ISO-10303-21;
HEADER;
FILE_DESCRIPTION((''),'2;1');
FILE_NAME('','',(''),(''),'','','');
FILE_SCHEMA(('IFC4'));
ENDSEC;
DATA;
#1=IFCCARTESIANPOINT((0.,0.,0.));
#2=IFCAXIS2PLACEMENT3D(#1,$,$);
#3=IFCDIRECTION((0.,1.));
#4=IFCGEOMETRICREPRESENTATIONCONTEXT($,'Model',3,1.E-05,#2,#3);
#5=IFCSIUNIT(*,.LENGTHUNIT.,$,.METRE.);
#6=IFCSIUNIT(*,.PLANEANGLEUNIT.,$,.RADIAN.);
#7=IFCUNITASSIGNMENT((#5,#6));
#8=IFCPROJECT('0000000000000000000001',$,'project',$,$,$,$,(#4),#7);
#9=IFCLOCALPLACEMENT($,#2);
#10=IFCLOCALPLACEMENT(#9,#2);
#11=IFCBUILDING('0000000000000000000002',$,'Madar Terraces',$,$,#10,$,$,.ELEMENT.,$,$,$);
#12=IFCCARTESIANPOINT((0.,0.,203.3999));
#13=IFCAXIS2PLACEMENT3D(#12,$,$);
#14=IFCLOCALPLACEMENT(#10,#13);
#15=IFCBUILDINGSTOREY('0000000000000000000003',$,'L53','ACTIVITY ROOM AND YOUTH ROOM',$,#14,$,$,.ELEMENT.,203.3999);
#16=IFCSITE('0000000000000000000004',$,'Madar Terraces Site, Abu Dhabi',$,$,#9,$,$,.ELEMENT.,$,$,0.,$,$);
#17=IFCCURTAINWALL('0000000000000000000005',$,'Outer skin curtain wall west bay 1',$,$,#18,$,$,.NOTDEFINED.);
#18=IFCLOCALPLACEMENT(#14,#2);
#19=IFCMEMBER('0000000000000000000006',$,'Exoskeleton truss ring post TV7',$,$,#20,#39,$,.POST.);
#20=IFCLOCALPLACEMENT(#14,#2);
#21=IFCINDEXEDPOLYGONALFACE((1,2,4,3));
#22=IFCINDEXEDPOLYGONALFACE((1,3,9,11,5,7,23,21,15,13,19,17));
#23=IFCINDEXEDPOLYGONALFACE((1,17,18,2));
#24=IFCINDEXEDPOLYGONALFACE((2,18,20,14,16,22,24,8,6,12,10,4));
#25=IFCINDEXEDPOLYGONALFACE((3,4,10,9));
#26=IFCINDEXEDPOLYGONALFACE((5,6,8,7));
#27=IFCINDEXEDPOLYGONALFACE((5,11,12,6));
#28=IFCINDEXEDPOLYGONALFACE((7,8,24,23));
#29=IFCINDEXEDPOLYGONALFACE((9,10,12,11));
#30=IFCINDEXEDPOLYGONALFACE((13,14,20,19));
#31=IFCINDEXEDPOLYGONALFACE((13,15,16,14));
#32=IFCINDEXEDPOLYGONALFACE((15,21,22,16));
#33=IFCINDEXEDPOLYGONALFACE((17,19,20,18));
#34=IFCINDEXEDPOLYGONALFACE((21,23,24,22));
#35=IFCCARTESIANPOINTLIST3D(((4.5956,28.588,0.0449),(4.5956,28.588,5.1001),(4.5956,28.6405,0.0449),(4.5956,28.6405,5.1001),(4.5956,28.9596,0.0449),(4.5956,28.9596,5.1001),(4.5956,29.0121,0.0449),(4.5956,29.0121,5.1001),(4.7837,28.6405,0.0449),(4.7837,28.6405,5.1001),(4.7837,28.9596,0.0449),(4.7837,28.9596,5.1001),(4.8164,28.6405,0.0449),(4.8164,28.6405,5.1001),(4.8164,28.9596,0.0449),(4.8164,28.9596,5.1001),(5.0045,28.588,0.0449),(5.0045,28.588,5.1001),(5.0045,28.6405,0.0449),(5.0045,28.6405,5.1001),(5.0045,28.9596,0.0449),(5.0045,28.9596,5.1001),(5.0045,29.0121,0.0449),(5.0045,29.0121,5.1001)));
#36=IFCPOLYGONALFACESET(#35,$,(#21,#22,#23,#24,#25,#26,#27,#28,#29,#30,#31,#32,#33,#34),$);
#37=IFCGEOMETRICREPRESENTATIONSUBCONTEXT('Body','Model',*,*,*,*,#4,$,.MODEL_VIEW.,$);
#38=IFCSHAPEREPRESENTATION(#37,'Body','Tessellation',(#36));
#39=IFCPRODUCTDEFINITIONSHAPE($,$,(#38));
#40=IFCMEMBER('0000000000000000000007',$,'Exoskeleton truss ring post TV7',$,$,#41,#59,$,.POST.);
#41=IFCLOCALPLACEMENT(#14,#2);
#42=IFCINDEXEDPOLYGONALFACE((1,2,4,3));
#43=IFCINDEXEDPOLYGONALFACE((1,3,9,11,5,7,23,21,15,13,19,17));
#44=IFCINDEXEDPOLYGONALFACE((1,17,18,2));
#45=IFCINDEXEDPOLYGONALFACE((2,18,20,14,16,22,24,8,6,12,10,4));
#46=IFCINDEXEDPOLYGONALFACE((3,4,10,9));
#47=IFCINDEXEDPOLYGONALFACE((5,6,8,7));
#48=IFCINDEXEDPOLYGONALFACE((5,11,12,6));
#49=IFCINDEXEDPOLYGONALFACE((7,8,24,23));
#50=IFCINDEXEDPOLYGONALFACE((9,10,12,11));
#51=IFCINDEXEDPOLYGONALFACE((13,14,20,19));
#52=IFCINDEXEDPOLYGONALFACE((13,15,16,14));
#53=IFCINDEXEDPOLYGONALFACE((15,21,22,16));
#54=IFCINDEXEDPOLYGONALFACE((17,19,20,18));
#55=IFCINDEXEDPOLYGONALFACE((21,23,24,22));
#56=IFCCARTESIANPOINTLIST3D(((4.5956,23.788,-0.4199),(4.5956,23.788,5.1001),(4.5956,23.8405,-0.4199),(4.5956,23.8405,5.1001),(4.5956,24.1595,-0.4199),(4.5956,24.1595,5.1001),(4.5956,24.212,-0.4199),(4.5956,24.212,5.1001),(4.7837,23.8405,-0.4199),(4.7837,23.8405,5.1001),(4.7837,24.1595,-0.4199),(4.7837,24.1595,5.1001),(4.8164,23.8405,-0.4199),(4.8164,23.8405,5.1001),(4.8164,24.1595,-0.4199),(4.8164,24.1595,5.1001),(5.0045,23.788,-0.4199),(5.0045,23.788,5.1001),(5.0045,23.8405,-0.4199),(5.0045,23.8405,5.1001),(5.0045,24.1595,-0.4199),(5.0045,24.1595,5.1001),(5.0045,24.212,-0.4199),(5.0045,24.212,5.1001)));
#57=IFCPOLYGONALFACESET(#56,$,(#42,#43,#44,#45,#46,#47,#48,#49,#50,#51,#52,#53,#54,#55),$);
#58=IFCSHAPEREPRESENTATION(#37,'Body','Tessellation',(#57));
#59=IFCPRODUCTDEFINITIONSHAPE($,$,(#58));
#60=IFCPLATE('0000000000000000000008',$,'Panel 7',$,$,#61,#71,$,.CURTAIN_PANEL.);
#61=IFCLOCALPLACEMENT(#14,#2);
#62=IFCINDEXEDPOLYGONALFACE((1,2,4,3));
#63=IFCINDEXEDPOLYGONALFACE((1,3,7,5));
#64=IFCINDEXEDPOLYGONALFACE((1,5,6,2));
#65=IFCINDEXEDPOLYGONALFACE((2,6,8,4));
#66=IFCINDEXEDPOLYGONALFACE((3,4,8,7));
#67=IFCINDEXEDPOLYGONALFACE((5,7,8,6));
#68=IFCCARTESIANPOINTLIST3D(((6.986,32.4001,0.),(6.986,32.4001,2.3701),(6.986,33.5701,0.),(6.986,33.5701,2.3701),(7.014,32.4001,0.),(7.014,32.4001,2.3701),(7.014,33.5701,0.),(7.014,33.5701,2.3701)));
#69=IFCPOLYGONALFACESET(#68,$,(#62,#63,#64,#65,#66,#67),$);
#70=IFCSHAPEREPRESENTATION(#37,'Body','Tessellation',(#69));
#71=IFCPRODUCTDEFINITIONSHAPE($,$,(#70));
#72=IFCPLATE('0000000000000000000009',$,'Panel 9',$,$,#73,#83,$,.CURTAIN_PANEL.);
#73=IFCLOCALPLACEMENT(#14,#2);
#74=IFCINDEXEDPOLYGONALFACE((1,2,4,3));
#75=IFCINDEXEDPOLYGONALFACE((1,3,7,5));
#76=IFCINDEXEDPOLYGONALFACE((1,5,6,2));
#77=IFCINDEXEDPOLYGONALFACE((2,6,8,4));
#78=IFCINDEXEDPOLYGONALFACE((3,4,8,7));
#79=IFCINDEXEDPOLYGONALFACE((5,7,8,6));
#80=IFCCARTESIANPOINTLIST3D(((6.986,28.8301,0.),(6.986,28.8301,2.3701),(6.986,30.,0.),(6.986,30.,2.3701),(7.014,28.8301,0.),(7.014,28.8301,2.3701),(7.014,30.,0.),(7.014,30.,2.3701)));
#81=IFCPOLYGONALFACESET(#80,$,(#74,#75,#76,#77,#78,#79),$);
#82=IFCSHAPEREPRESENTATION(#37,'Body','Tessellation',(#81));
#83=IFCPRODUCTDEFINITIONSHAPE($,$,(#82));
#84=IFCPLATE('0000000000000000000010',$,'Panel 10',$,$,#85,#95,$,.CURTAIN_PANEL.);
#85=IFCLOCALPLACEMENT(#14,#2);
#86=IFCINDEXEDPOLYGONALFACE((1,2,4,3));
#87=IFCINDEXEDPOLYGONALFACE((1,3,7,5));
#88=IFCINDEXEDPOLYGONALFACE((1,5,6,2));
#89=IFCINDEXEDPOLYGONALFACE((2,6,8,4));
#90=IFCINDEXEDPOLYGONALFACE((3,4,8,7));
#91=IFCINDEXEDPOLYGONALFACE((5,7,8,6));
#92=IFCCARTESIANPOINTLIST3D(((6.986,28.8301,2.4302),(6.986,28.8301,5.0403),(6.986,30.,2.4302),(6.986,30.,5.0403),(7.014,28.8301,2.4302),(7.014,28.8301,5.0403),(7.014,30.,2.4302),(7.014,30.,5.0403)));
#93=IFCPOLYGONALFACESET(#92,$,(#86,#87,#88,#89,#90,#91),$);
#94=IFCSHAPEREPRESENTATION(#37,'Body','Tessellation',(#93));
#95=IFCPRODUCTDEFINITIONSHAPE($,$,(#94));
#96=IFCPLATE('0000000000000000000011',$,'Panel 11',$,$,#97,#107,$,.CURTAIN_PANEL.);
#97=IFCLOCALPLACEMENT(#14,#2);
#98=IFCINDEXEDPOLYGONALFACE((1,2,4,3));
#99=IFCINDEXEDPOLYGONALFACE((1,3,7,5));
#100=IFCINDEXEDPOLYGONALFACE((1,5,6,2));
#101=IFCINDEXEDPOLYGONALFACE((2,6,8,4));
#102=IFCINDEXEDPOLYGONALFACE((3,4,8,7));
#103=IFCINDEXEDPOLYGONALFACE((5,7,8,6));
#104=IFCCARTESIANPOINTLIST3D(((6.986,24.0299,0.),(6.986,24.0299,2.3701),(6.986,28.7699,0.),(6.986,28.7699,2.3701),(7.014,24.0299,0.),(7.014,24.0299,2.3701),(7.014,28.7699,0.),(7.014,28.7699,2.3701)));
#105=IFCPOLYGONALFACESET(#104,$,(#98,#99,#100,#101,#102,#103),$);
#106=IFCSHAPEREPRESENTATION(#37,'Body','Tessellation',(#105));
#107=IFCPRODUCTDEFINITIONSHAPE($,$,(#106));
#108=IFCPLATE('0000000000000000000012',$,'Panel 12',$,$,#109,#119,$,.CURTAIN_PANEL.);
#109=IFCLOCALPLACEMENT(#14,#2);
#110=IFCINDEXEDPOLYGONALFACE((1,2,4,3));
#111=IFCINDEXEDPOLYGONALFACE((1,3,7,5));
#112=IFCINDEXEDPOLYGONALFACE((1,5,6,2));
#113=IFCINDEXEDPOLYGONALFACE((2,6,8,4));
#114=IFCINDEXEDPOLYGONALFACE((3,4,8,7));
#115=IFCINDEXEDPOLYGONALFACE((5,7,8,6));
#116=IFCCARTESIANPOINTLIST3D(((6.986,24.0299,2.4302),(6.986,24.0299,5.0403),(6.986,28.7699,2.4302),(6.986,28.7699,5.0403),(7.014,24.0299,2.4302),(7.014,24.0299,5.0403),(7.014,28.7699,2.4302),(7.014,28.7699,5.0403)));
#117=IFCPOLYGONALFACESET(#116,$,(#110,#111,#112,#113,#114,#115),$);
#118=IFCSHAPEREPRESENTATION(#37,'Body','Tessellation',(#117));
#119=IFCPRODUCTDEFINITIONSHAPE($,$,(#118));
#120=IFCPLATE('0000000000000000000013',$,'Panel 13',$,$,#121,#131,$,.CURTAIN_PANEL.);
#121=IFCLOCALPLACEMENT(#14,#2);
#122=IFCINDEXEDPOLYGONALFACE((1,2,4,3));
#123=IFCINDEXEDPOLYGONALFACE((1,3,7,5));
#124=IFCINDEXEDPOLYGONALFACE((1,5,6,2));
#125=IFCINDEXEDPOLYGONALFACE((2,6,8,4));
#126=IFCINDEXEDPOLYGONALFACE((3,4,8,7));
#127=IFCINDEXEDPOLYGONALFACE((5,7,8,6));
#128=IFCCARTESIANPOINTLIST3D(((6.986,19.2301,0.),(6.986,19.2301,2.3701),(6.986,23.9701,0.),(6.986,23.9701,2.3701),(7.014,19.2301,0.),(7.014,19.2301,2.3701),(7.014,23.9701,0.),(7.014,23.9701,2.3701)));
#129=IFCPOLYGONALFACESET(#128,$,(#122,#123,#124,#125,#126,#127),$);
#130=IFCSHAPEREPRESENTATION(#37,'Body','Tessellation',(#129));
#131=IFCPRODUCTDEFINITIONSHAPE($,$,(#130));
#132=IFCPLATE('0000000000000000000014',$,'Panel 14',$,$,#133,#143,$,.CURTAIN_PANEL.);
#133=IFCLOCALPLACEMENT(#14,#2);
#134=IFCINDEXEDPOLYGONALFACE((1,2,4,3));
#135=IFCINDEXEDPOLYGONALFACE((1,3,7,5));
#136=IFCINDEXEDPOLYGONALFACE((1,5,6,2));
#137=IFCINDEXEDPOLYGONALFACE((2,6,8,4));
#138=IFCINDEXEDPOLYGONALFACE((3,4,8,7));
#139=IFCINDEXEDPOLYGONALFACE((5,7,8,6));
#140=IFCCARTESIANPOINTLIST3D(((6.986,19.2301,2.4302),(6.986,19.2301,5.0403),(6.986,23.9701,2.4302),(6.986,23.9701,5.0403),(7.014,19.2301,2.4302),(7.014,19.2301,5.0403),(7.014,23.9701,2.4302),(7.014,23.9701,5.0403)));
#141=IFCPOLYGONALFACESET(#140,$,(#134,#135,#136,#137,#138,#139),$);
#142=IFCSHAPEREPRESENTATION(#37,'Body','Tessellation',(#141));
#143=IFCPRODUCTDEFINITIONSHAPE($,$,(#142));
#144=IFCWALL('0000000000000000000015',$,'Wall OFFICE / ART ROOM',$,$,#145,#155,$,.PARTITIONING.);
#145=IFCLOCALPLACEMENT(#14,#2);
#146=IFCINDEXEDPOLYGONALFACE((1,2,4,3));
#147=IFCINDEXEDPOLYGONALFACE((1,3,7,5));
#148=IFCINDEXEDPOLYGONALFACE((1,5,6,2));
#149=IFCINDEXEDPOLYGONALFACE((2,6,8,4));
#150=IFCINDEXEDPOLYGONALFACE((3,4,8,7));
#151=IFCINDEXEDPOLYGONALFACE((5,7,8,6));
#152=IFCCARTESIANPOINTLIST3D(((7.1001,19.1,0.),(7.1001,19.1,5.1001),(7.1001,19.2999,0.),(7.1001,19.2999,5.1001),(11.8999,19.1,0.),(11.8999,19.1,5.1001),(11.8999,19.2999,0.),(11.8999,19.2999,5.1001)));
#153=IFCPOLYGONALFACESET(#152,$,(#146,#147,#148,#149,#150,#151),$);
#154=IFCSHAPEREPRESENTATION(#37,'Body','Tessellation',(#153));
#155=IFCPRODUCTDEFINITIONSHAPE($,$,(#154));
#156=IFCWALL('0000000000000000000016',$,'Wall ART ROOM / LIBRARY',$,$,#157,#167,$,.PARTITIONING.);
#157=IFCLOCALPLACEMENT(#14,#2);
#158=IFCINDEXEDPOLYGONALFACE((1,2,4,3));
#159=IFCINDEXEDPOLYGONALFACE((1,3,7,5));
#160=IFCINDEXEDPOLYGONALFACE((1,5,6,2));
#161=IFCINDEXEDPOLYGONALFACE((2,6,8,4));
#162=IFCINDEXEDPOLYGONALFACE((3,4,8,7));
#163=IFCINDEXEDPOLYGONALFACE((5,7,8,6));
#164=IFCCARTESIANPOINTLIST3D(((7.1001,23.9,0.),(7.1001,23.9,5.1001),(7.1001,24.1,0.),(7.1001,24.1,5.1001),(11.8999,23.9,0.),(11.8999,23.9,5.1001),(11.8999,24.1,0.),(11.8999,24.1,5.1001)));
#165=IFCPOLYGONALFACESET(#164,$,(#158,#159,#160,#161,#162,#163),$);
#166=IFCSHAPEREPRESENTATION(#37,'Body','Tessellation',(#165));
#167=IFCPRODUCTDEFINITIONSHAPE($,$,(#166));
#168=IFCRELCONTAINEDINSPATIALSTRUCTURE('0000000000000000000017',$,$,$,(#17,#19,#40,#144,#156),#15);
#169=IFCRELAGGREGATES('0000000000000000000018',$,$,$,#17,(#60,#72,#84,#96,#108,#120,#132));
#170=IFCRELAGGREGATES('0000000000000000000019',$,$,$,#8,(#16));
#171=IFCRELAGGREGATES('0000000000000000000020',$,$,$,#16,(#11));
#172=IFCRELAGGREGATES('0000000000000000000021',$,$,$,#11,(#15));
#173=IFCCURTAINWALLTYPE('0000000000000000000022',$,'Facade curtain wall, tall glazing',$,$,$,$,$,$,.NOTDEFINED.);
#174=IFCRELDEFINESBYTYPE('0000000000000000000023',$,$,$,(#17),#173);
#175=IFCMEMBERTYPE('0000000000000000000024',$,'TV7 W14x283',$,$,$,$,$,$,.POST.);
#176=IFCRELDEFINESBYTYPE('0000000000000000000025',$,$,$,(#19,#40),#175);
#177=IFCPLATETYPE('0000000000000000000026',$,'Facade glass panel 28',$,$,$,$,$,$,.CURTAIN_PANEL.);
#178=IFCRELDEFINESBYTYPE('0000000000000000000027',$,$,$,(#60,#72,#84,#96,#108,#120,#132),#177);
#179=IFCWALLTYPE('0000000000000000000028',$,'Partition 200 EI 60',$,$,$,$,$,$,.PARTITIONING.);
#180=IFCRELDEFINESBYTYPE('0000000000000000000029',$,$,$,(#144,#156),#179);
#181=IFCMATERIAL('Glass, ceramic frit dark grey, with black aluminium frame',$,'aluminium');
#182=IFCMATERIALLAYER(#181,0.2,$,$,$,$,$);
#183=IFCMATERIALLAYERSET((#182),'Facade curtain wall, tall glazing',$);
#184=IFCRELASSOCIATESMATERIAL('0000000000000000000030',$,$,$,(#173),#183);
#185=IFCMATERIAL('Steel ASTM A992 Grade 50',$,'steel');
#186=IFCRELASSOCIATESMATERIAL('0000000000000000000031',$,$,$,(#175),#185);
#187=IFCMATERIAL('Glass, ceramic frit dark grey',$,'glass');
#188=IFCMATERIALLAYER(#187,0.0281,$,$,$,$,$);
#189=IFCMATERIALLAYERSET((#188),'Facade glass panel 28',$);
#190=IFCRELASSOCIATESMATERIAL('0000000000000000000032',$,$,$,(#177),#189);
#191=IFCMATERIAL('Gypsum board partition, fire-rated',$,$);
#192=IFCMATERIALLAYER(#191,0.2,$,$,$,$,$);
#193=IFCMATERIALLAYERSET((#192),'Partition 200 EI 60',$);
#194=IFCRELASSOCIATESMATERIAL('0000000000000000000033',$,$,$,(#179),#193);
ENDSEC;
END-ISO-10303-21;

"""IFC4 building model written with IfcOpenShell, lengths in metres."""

from ifc_helpers import new_model, si_unit, direction, frame, frame_2d, origin, origin_2d, place, context, subcontext, project, spatial, rectangle, i_section, extrude, material, layer, layer_set, material_profile, profile_set, type_object, element, aggregate, save


model = new_model("IFC4")

# Units and contexts
model_context = context("Model", 3, precision=1e-05, world=origin(), true_north=direction((0.0, 1.0)))
body_context = subcontext(model_context, "Body", "Model", "MODEL_VIEW")
ifc_project = project(units=[si_unit("LENGTHUNIT", "METRE"), si_unit("PLANEANGLEUNIT", "RADIAN")], contexts=[model_context])

# Site, building, storey
site_placement = place(None, origin())
site = spatial("IfcSite", under=ifc_project, at=site_placement, Name="Madar Terraces Site, Abu Dhabi", CompositionType="ELEMENT", RefElevation=0.0)
building_placement = place(site_placement, origin())
building = spatial("IfcBuilding", under=site, at=building_placement, Name="Madar Terraces", CompositionType="ELEMENT")
storey_placement = place(building_placement, frame((0.0, 0.0, 203.3999)))
storey = spatial("IfcBuildingStorey", under=building, at=storey_placement, Name="L53", Description="ACTIVITY ROOM AND YOUTH ROOM", CompositionType="ELEMENT", Elevation=203.3999)

# Curtain wall
ifc_material_1 = material(Name="Glass, ceramic frit dark grey, with black aluminium frame", Category="aluminium")
ifc_layer_1 = layer(ifc_material_1, 0.2)
ifc_layer_set_1 = layer_set([ifc_layer_1], Name="Facade curtain wall, tall glazing")
curtain_wall_type = type_object("IfcCurtainWallType", Name="Facade curtain wall, tall glazing", PredefinedType="NOTDEFINED", material=ifc_layer_set_1)
curtain_wall_placement = place(storey_placement, origin())
curtain_wall = element("IfcCurtainWall", 1, at=curtain_wall_placement, inside=storey, type_object=curtain_wall_type, Name="Outer skin curtain wall west bay 1", PredefinedType="NOTDEFINED")

# Members
ifc_material_2 = material(Name="Steel ASTM A992 Grade 50", Category="steel")
ifc_material_profile_1 = material_profile(ifc_material_2, i_section(OverallWidth=0.4089, OverallDepth=0.4241, WebThickness=0.0327, FlangeThickness=0.0525, at=origin_2d()), Name="W14x283")
ifc_profile_set_1 = profile_set([ifc_material_profile_1], Name="Steel ASTM A992 Grade 50")
member_type_1 = type_object("IfcMemberType", Name="TV7 W14x283", PredefinedType="POST", material=ifc_profile_set_1)
member_1_placement = place(storey_placement, frame((4.8, 28.8, 0.0449), z_axis=(0.0, 0.0, 1.0), x_axis=(1.0, 0.0, 0.0)))
element("IfcMember", 2, at=member_1_placement, inside=storey, type_object=member_type_1, Name="Exoskeleton truss ring post TV7", PredefinedType="POST", context=body_context, shape_type="SweptSolid", body=[
    extrude(i_section(OverallWidth=0.4089, OverallDepth=0.4241, WebThickness=0.0327, FlangeThickness=0.0525, at=origin_2d()), origin(), (0.0, 0.0, 1.0), 5.0552),
])
member_2_placement = place(storey_placement, frame((4.8, 24.0, -0.4199), z_axis=(0.0, 0.0, 1.0), x_axis=(1.0, 0.0, 0.0)))
element("IfcMember", 3, at=member_2_placement, inside=storey, type_object=member_type_1, Name="Exoskeleton truss ring post TV7", PredefinedType="POST", context=body_context, shape_type="SweptSolid", body=[
    extrude(i_section(OverallWidth=0.4089, OverallDepth=0.4241, WebThickness=0.0327, FlangeThickness=0.0525, at=origin_2d()), origin(), (0.0, 0.0, 1.0), 5.52),
])

# Plates
ifc_material_3 = material(Name="Glass, ceramic frit dark grey", Category="glass")
ifc_layer_2 = layer(ifc_material_3, 0.0281)
ifc_layer_set_2 = layer_set([ifc_layer_2], Name="Facade glass panel 28")
plate_type = type_object("IfcPlateType", Name="Facade glass panel 28", PredefinedType="CURTAIN_PANEL", material=ifc_layer_set_2)
plate_1_placement = place(storey_placement, frame((7.0, 32.9851, 0.0), z_axis=(0.0, 0.0, 1.0), x_axis=(0.0, -1.0, 0.0)))
plate_1 = element("IfcPlate", 4, at=plate_1_placement, type_object=plate_type, Name="Panel 7", PredefinedType="CURTAIN_PANEL", context=body_context, shape_type="SweptSolid", body=[
    extrude(rectangle(XDim=1.1699, YDim=0.0281, at=origin_2d()), origin(), (0.0, 0.0, 1.0), 2.3701),
])
plate_2_placement = place(storey_placement, frame((7.0, 29.415, 0.0), z_axis=(0.0, 0.0, 1.0), x_axis=(0.0, -1.0, 0.0)))
plate_2 = element("IfcPlate", 5, at=plate_2_placement, type_object=plate_type, Name="Panel 9", PredefinedType="CURTAIN_PANEL", context=body_context, shape_type="SweptSolid", body=[
    extrude(rectangle(XDim=1.1699, YDim=0.0281, at=origin_2d()), origin(), (0.0, 0.0, 1.0), 2.3701),
])
plate_3_placement = place(storey_placement, frame((7.0, 29.415, 2.4302), z_axis=(0.0, 0.0, 1.0), x_axis=(0.0, -1.0, 0.0)))
plate_3 = element("IfcPlate", 6, at=plate_3_placement, type_object=plate_type, Name="Panel 10", PredefinedType="CURTAIN_PANEL", context=body_context, shape_type="SweptSolid", body=[
    extrude(rectangle(XDim=1.1699, YDim=0.0281, at=origin_2d()), origin(), (0.0, 0.0, 1.0), 2.6101),
])
plate_4_placement = place(storey_placement, frame((7.0, 26.3999, 0.0), z_axis=(0.0, 0.0, 1.0), x_axis=(0.0, -1.0, 0.0)))
plate_4 = element("IfcPlate", 7, at=plate_4_placement, type_object=plate_type, Name="Panel 11", PredefinedType="CURTAIN_PANEL", context=body_context, shape_type="SweptSolid", body=[
    extrude(rectangle(XDim=4.74, YDim=0.0281, at=origin_2d()), origin(), (0.0, 0.0, 1.0), 2.3701),
])
plate_5_placement = place(storey_placement, frame((7.0, 26.3999, 2.4302), z_axis=(0.0, 0.0, 1.0), x_axis=(0.0, -1.0, 0.0)))
plate_5 = element("IfcPlate", 8, at=plate_5_placement, type_object=plate_type, Name="Panel 12", PredefinedType="CURTAIN_PANEL", context=body_context, shape_type="SweptSolid", body=[
    extrude(rectangle(XDim=4.74, YDim=0.0281, at=origin_2d()), origin(), (0.0, 0.0, 1.0), 2.6101),
])
plate_6_placement = place(storey_placement, frame((7.0, 21.6001, 0.0), z_axis=(0.0, 0.0, 1.0), x_axis=(0.0, -1.0, 0.0)))
plate_6 = element("IfcPlate", 9, at=plate_6_placement, type_object=plate_type, Name="Panel 13", PredefinedType="CURTAIN_PANEL", context=body_context, shape_type="SweptSolid", body=[
    extrude(rectangle(XDim=4.74, YDim=0.0281, at=origin_2d()), origin(), (0.0, 0.0, 1.0), 2.3701),
])
plate_7_placement = place(storey_placement, frame((7.0, 21.6001, 2.4302), z_axis=(0.0, 0.0, 1.0), x_axis=(0.0, -1.0, 0.0)))
plate_7 = element("IfcPlate", 10, at=plate_7_placement, type_object=plate_type, Name="Panel 14", PredefinedType="CURTAIN_PANEL", context=body_context, shape_type="SweptSolid", body=[
    extrude(rectangle(XDim=4.74, YDim=0.0281, at=origin_2d()), origin(), (0.0, 0.0, 1.0), 2.6101),
])
aggregate(curtain_wall, [plate_1, plate_2, plate_3, plate_4, plate_5, plate_6, plate_7])

# Walls
ifc_material_4 = material(Name="Gypsum board partition, fire-rated")
ifc_layer_3 = layer(ifc_material_4, 0.2)
ifc_layer_set_3 = layer_set([ifc_layer_3], Name="Partition 200 EI 60")
wall_type_1 = type_object("IfcWallType", Name="Partition 200 EI 60", PredefinedType="PARTITIONING", material=ifc_layer_set_3)
for number, where, z_axis, x_axis, name in (
    (11, (7.1001, 19.2, 0.0), (0.0, 0.0, 1.0), (1.0, 0.0, 0.0), "Wall OFFICE / ART ROOM"),
    (12, (7.1001, 24.0, 0.0), (0.0, 0.0, 1.0), (1.0, 0.0, 0.0), "Wall ART ROOM / LIBRARY"),
):
    element("IfcWall", number, at=place(storey_placement, frame(where, z_axis=z_axis, x_axis=x_axis)), inside=storey, type_object=wall_type_1, Name=name, PredefinedType="PARTITIONING", context=body_context, shape_type="SweptSolid", body=[
        extrude(rectangle(XDim=4.7998, YDim=0.2, at=frame_2d((2.3999, 0.0))), origin(), (0.0, 0.0, 1.0), 5.1001),
    ])

save(model, "model.ifc")
